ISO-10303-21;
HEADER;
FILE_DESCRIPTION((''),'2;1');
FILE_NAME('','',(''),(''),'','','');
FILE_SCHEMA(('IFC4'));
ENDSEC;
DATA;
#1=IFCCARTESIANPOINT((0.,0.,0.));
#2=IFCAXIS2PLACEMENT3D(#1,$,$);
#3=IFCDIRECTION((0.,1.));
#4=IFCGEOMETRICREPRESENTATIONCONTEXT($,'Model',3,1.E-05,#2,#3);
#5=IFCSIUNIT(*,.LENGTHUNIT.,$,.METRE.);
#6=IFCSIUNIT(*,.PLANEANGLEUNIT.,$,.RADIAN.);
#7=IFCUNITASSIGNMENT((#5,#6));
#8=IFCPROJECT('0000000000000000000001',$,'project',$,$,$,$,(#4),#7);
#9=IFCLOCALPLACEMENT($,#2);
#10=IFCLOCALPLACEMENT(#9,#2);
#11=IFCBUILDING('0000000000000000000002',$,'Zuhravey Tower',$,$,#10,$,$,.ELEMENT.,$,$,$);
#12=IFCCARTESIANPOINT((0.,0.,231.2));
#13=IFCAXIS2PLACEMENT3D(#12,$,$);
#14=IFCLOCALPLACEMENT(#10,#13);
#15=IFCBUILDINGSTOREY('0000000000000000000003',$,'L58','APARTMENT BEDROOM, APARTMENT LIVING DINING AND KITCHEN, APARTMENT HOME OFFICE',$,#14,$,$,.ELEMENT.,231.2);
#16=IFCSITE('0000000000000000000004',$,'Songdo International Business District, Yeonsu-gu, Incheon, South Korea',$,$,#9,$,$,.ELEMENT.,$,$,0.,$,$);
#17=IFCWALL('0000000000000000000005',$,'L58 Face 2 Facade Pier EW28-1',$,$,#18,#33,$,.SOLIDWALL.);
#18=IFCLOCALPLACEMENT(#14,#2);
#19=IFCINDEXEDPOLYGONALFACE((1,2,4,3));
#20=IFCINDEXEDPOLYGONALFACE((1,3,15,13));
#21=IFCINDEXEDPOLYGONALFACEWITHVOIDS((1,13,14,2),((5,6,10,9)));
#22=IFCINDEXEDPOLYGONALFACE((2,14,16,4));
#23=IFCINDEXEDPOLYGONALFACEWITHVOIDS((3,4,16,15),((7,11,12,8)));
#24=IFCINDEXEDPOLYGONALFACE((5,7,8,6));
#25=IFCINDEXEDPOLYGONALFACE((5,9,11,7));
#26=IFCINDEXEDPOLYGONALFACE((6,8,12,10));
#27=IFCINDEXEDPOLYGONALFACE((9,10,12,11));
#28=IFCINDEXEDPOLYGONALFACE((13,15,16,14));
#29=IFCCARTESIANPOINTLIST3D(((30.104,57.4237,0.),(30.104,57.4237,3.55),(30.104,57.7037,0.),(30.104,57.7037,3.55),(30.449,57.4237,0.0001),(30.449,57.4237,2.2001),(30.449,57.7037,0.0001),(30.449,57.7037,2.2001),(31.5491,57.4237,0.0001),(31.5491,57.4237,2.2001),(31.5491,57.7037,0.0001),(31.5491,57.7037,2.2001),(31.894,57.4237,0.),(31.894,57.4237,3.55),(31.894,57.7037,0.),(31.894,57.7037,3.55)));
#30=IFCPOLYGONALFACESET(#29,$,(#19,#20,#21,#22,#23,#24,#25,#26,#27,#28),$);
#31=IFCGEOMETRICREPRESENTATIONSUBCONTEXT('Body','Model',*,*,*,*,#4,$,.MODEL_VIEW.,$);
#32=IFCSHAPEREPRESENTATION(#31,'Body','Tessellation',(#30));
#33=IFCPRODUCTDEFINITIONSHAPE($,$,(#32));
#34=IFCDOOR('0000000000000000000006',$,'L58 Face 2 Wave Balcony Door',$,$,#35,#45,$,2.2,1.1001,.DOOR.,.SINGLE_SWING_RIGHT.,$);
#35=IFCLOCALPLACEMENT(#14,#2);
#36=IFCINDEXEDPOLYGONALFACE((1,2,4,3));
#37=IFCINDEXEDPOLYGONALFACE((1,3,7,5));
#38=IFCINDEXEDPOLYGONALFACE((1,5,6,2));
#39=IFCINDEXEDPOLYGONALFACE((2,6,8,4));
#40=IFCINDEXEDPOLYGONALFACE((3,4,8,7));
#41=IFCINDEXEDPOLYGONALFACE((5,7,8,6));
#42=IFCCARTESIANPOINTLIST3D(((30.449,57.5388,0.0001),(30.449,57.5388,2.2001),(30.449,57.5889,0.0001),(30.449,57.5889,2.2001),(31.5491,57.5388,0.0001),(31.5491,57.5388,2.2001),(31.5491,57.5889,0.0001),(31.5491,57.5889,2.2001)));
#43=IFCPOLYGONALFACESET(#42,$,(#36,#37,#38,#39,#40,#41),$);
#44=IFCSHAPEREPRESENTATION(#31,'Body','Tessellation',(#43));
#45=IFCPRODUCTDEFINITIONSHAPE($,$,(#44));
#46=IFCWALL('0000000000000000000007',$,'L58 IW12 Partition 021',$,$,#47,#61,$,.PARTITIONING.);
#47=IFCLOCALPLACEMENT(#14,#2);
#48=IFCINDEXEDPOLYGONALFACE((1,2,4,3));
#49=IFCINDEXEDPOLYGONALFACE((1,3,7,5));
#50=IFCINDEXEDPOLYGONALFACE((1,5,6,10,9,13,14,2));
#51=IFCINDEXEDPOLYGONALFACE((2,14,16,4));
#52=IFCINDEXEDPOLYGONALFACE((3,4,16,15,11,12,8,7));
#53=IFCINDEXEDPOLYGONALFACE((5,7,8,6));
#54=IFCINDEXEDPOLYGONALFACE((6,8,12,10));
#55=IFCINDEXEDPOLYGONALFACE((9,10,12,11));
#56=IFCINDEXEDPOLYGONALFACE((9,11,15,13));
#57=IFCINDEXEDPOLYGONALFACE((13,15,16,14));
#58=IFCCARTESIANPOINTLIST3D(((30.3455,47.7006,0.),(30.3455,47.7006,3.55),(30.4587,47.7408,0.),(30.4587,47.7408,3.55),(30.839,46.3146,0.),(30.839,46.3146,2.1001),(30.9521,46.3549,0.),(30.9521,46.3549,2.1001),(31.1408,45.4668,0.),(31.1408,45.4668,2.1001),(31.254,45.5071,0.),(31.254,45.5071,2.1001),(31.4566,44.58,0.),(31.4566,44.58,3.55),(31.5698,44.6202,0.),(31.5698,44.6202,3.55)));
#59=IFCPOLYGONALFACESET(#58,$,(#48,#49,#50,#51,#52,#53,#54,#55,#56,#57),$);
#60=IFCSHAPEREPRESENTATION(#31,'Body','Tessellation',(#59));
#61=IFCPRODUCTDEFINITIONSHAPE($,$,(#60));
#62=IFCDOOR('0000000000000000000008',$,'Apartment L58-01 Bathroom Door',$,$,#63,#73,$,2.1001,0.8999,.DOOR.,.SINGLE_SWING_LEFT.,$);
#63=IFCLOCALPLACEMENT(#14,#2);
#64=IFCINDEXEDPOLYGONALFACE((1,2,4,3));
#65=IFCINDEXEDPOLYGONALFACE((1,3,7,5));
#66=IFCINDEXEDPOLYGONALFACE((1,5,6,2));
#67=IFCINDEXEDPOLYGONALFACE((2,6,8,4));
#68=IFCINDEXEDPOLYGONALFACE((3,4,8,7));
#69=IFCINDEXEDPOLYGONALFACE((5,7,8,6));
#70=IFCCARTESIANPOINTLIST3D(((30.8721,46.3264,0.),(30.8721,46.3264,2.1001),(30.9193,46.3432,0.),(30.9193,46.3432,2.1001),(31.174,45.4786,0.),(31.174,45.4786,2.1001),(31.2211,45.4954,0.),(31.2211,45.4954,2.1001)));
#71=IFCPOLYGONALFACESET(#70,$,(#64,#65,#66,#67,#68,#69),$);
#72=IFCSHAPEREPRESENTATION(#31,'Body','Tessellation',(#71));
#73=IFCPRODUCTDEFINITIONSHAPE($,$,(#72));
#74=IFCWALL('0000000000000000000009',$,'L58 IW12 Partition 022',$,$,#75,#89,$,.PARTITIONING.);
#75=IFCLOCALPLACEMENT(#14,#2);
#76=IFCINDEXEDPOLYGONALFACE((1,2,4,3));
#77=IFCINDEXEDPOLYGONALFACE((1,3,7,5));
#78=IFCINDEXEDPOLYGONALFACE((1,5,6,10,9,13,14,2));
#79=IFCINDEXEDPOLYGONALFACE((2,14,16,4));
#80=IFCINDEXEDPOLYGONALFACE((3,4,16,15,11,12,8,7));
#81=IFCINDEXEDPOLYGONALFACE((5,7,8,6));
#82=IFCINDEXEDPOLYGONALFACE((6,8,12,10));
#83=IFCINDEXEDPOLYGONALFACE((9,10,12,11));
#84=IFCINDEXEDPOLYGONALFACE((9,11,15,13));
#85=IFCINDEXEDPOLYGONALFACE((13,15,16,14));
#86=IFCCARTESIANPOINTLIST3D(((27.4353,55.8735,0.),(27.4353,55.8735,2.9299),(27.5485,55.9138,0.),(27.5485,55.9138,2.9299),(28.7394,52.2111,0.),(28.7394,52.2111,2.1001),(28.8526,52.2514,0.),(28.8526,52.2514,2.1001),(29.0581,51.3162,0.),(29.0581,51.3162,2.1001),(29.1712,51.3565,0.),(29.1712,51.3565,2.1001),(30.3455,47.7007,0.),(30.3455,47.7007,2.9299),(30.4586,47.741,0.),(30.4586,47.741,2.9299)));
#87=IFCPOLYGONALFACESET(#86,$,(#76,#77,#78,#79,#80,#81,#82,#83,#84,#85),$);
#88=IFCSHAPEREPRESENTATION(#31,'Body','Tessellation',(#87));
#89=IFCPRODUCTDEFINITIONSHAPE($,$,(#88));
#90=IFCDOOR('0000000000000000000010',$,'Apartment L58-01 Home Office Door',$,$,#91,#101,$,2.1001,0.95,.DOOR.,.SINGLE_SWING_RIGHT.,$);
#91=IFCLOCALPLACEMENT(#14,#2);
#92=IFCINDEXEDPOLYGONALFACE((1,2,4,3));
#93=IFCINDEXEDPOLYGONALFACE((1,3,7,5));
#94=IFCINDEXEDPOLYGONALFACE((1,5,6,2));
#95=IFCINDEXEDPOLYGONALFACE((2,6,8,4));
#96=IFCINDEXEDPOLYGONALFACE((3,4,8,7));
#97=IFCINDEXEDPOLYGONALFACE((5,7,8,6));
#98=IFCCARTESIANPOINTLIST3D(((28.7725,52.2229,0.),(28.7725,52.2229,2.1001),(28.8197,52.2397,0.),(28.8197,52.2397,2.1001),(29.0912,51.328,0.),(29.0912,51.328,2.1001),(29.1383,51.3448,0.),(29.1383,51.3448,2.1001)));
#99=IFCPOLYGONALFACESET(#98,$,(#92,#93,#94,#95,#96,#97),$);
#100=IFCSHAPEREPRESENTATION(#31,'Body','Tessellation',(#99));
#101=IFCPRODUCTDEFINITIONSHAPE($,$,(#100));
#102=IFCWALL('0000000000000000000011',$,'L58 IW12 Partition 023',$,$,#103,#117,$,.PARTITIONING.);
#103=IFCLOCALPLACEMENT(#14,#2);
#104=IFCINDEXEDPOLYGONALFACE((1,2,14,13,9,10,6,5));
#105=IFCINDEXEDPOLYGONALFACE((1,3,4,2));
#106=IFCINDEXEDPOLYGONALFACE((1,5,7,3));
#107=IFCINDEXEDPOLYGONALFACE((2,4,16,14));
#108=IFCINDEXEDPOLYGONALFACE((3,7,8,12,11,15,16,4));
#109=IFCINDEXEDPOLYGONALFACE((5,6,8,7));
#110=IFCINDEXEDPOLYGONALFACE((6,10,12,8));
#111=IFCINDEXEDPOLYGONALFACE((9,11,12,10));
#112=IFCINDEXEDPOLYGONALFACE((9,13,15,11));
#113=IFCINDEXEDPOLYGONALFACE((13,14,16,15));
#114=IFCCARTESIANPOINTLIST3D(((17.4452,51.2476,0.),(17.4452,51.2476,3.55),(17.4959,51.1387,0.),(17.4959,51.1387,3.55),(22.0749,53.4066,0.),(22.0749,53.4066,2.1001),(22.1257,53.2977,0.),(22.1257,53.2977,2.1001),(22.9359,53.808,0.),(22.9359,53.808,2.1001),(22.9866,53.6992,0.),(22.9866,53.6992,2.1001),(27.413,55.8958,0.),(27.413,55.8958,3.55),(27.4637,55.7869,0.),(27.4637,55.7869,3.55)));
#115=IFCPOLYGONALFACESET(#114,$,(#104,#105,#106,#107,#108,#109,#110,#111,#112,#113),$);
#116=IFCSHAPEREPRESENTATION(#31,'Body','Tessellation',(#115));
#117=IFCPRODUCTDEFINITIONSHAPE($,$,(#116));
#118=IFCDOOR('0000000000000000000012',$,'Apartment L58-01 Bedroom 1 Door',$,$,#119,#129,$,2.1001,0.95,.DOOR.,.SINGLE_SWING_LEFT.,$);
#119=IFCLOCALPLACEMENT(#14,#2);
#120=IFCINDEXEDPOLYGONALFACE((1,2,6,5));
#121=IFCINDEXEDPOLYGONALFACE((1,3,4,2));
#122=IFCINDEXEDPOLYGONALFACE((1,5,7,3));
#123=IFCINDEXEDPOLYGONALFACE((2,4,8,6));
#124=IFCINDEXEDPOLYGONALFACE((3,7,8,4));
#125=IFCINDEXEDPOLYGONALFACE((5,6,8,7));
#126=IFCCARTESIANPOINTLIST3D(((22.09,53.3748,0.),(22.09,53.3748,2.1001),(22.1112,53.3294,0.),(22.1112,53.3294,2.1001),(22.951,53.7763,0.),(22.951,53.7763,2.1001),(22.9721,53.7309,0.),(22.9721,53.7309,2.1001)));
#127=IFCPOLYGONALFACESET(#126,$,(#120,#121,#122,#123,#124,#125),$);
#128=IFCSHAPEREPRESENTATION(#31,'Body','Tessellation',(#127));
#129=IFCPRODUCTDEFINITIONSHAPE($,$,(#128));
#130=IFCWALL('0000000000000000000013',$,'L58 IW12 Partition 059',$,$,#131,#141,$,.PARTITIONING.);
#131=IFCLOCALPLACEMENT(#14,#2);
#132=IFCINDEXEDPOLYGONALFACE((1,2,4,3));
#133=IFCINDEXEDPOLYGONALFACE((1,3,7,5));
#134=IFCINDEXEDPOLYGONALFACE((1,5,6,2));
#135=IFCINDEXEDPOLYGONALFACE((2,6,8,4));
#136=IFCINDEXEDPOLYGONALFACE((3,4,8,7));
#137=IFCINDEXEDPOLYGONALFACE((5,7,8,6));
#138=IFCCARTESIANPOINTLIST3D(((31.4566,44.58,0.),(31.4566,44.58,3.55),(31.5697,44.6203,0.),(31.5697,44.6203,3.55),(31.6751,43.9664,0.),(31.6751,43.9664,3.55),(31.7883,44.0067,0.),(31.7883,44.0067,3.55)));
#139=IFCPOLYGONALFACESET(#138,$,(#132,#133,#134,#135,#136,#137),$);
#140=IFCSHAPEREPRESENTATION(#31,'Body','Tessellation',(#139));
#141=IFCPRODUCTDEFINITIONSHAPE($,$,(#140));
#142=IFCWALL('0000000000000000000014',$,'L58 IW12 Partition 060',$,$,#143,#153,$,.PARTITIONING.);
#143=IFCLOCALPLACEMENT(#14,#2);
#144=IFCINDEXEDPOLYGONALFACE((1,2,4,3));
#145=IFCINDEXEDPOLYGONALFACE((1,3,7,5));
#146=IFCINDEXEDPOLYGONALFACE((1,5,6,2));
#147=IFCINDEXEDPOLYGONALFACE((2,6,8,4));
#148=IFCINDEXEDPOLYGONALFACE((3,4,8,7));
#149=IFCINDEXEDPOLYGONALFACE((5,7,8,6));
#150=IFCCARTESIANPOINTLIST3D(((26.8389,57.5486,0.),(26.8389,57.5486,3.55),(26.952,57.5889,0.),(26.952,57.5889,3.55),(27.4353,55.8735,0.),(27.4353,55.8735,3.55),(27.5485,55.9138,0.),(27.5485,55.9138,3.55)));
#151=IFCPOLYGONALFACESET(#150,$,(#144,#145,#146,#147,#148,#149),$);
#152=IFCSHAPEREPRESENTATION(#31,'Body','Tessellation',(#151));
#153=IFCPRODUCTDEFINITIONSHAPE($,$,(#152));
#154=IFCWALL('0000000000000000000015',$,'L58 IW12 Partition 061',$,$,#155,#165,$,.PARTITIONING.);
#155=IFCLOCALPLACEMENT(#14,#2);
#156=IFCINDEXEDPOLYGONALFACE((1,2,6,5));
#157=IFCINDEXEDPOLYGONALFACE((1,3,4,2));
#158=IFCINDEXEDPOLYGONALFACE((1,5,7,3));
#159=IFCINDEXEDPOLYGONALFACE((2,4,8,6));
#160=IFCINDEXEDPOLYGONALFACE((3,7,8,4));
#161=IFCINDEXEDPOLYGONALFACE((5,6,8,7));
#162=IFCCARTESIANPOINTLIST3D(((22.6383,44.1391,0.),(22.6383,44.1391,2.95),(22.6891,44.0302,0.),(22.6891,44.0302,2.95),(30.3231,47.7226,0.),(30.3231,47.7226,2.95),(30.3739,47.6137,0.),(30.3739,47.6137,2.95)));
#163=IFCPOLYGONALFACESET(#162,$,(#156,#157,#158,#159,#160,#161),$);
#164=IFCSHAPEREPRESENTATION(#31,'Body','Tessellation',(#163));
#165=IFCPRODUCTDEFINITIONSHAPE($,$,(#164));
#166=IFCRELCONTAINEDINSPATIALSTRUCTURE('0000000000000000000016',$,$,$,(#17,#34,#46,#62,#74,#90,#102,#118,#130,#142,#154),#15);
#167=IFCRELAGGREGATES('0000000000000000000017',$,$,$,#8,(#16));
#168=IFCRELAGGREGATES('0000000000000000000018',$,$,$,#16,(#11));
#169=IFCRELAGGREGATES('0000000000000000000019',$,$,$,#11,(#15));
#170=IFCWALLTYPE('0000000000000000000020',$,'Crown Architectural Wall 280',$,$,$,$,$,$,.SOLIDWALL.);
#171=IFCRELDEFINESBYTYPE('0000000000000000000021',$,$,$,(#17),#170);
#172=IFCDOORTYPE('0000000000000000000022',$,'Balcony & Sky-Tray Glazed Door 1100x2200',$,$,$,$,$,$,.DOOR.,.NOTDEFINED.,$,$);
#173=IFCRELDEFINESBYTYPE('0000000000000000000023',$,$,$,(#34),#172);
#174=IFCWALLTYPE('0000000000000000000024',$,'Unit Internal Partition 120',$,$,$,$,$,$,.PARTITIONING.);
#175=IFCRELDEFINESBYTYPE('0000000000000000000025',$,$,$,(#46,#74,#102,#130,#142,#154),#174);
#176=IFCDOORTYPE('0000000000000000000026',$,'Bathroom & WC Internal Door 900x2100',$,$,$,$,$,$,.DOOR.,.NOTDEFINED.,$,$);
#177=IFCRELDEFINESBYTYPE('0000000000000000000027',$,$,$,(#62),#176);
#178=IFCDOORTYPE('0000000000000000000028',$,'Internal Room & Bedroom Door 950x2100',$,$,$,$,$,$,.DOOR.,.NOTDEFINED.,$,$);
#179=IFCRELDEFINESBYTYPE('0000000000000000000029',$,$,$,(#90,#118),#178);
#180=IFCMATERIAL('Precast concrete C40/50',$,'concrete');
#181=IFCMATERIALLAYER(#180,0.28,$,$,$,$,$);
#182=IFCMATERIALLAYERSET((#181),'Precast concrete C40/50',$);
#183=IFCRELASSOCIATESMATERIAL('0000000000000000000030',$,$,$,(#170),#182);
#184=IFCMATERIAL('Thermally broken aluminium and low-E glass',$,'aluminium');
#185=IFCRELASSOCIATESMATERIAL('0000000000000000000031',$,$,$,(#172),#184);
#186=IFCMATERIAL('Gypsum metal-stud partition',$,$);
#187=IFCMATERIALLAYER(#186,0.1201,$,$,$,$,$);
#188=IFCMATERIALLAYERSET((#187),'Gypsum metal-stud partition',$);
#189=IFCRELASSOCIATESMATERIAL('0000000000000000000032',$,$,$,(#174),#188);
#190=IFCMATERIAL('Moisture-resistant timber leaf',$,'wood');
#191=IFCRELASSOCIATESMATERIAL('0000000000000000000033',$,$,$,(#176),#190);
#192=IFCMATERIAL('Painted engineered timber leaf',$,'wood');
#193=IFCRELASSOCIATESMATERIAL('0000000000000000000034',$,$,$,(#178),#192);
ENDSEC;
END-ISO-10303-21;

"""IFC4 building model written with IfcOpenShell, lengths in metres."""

from ifc_helpers import new_model, si_unit, direction, frame, frame_2d, origin, place, context, subcontext, project, spatial, rectangle, extrude, material, layer, layer_set, type_object, element, fill, save


model = new_model("IFC4")

# Units and contexts
model_context = context("Model", 3, precision=1e-05, world=origin(), true_north=direction((0.0, 1.0)))
body_context = subcontext(model_context, "Body", "Model", "MODEL_VIEW")
ifc_project = project(units=[si_unit("LENGTHUNIT", "METRE"), si_unit("PLANEANGLEUNIT", "RADIAN")], contexts=[model_context])

# Site, building, storey
site_placement = place(None, origin())
site = spatial("IfcSite", under=ifc_project, at=site_placement, Name="Songdo International Business District, Yeonsu-gu, Incheon, South Korea", CompositionType="ELEMENT", RefElevation=0.0)
building_placement = place(site_placement, origin())
building = spatial("IfcBuilding", under=site, at=building_placement, Name="Zuhravey Tower", CompositionType="ELEMENT")
storey_placement = place(building_placement, frame((0.0, 0.0, 231.2)))
storey = spatial("IfcBuildingStorey", under=building, at=storey_placement, Name="L58", Description="APARTMENT BEDROOM, APARTMENT LIVING DINING AND KITCHEN, APARTMENT HOME OFFICE", CompositionType="ELEMENT", Elevation=231.2)

# Walls, openings, doors
ifc_material_1 = material(Name="Precast concrete C40/50", Category="concrete")
ifc_layer_1 = layer(ifc_material_1, 0.28)
ifc_layer_set_1 = layer_set([ifc_layer_1], Name="Precast concrete C40/50")
wall_type_1 = type_object("IfcWallType", Name="Crown Architectural Wall 280", PredefinedType="SOLIDWALL", material=ifc_layer_set_1)
wall_1_placement = place(storey_placement, frame((30.104, 57.5637, 0.0), z_axis=(0.0, 0.0, 1.0), x_axis=(1.0, 0.0, 0.0)))
wall_1 = element("IfcWall", 1, at=wall_1_placement, inside=storey, type_object=wall_type_1, Name="L58 Face 2 Facade Pier EW28-1", PredefinedType="SOLIDWALL", context=body_context, shape_type="SweptSolid", body=[
    extrude(rectangle(XDim=1.79, YDim=0.28, at=frame_2d((0.895, 0.0))), origin(), (0.0, 0.0, 1.0), 3.55),
])
opening_1_placement = place(wall_1_placement, frame((0.345, 0.0, 0.0)))
opening_1 = element("IfcOpeningElement", 2, at=opening_1_placement, cuts=wall_1, PredefinedType="OPENING", context=body_context, shape_type="SweptSolid", body=[
    extrude(rectangle(XDim=1.1001, YDim=2.2, at=frame_2d((0.55, 1.1001))), frame((0.0, 0.1521, 0.0), z_axis=(0.0, -1.0, 0.0), x_axis=(1.0, 0.0, 0.0)), (0.0, 0.0, 1.0), 0.304),
])
ifc_material_2 = material(Name="Thermally broken aluminium and low-E glass", Category="aluminium")
door_type_1 = type_object("IfcDoorType", Name="Balcony & Sky-Tray Glazed Door 1100x2200", OperationType="NOTDEFINED", PredefinedType="DOOR", material=ifc_material_2)
door_1_placement = place(opening_1_placement, frame((1.1001, 0.0, 0.0), z_axis=(0.0, 0.0, 1.0), x_axis=(-1.0, 0.0, 0.0)))
door_1 = element("IfcDoor", 3, at=door_1_placement, inside=storey, type_object=door_type_1, Name="L58 Face 2 Wave Balcony Door", OperationType="SINGLE_SWING_RIGHT", OverallHeight=2.2, OverallWidth=1.1001, PredefinedType="DOOR", context=body_context, shape_type="SweptSolid", body=[
    extrude(rectangle(XDim=1.1001, YDim=2.2, at=frame_2d((0.55, 1.1001))), frame((0.0, 0.0249, 0.0), z_axis=(0.0, -1.0, 0.0), x_axis=(1.0, 0.0, 0.0)), (0.0, 0.0, 1.0), 0.05),
])
fill(opening_1, door_1)
ifc_material_3 = material(Name="Gypsum metal-stud partition")
ifc_layer_2 = layer(ifc_material_3, 0.1201)
ifc_layer_set_2 = layer_set([ifc_layer_2], Name="Gypsum metal-stud partition")
wall_type_2 = type_object("IfcWallType", Name="Unit Internal Partition 120", PredefinedType="PARTITIONING", material=ifc_layer_set_2)
wall_2_placement = place(storey_placement, frame((31.5132, 44.6001, 0.0), z_axis=(0.0, 0.0, 1.0), x_axis=(-0.335421, 0.942068, 0.0)))
wall_2 = element("IfcWall", 4, at=wall_2_placement, inside=storey, type_object=wall_type_2, Name="L58 IW12 Partition 021", PredefinedType="PARTITIONING", context=body_context, shape_type="SweptSolid", body=[
    extrude(rectangle(XDim=3.3125, YDim=0.1201, at=frame_2d((1.6562, 0.0))), origin(), (0.0, 0.0, 1.0), 3.55),
])
opening_2_placement = place(wall_2_placement, frame((0.9414, 0.0, 0.0)))
opening_2 = element("IfcOpeningElement", 5, at=opening_2_placement, cuts=wall_2, PredefinedType="OPENING", context=body_context, shape_type="SweptSolid", body=[
    extrude(rectangle(XDim=0.8999, YDim=2.1001, at=frame_2d((0.45, 1.05))), frame((0.0, 0.072, 0.0), z_axis=(0.0, -1.0, 0.0), x_axis=(1.0, 0.0, 0.0)), (0.0, 0.0, 1.0), 0.144),
])
ifc_material_4 = material(Name="Moisture-resistant timber leaf", Category="wood")
door_type_2 = type_object("IfcDoorType", Name="Bathroom & WC Internal Door 900x2100", OperationType="NOTDEFINED", PredefinedType="DOOR", material=ifc_material_4)
door_2_placement = place(opening_2_placement, origin())
door_2 = element("IfcDoor", 6, at=door_2_placement, inside=storey, type_object=door_type_2, Name="Apartment L58-01 Bathroom Door", OperationType="SINGLE_SWING_LEFT", OverallHeight=2.1001, OverallWidth=0.8999, PredefinedType="DOOR", context=body_context, shape_type="SweptSolid", body=[
    extrude(rectangle(XDim=0.8999, YDim=2.1001, at=frame_2d((0.45, 1.05))), frame((0.0, 0.0249, 0.0), z_axis=(0.0, -1.0, 0.0), x_axis=(1.0, 0.0, 0.0)), (0.0, 0.0, 1.0), 0.05),
])
fill(opening_2, door_2)
wall_3_placement = place(storey_placement, frame((30.4021, 47.7207, 0.0), z_axis=(0.0, 0.0, 1.0), x_axis=(-0.335445, 0.94206, 0.0)))
wall_3 = element("IfcWall", 7, at=wall_3_placement, inside=storey, type_object=wall_type_2, Name="L58 IW12 Partition 022", PredefinedType="PARTITIONING", context=body_context, shape_type="SweptSolid", body=[
    extrude(rectangle(XDim=8.6755, YDim=0.1201, at=frame_2d((4.3379, 0.0))), origin(), (0.0, 0.0, 1.0), 2.9299),
])
opening_3_placement = place(wall_3_placement, frame((3.8379, 0.0, 0.0)))
opening_3 = element("IfcOpeningElement", 8, at=opening_3_placement, cuts=wall_3, PredefinedType="OPENING", context=body_context, shape_type="SweptSolid", body=[
    extrude(rectangle(XDim=0.95, YDim=2.1001, at=frame_2d((0.4751, 1.05))), frame((0.0, 0.072, 0.0), z_axis=(0.0, -1.0, 0.0), x_axis=(1.0, 0.0, 0.0)), (0.0, 0.0, 1.0), 0.144),
])
ifc_material_5 = material(Name="Painted engineered timber leaf", Category="wood")
door_type_3 = type_object("IfcDoorType", Name="Internal Room & Bedroom Door 950x2100", OperationType="NOTDEFINED", PredefinedType="DOOR", material=ifc_material_5)
door_3_placement = place(opening_3_placement, origin())
door_3 = element("IfcDoor", 9, at=door_3_placement, inside=storey, type_object=door_type_3, Name="Apartment L58-01 Home Office Door", OperationType="SINGLE_SWING_RIGHT", OverallHeight=2.1001, OverallWidth=0.95, PredefinedType="DOOR", context=body_context, shape_type="SweptSolid", body=[
    extrude(rectangle(XDim=0.95, YDim=2.1001, at=frame_2d((0.4751, 1.05))), frame((0.0, 0.0249, 0.0), z_axis=(0.0, -1.0, 0.0), x_axis=(1.0, 0.0, 0.0)), (0.0, 0.0, 1.0), 0.05),
])
fill(opening_3, door_3)
wall_4_placement = place(storey_placement, frame((27.4382, 55.8413, 0.0), z_axis=(0.0, 0.0, 1.0), x_axis=(-0.906303, -0.422629, 0.0)))
wall_4 = element("IfcWall", 10, at=wall_4_placement, inside=storey, type_object=wall_type_2, Name="L58 IW12 Partition 023", PredefinedType="PARTITIONING", context=body_context, shape_type="SweptSolid", body=[
    extrude(rectangle(XDim=10.9983, YDim=0.1201, at=frame_2d((5.499, 0.0))), origin(), (0.0, 0.0, 1.0), 3.55),
])
opening_4_placement = place(wall_4_placement, frame((4.9397, 0.0, 0.0)))
opening_4 = element("IfcOpeningElement", 11, at=opening_4_placement, cuts=wall_4, PredefinedType="OPENING", context=body_context, shape_type="SweptSolid", body=[
    extrude(rectangle(XDim=0.95, YDim=2.1001, at=frame_2d((0.4751, 1.05))), frame((0.0, 0.072, 0.0), z_axis=(0.0, -1.0, 0.0), x_axis=(1.0, 0.0, 0.0)), (0.0, 0.0, 1.0), 0.144),
])
door_4_placement = place(opening_4_placement, frame((0.95, 0.0, 0.0), z_axis=(0.0, 0.0, 1.0), x_axis=(-1.0, 0.0, 0.0)))
door_4 = element("IfcDoor", 12, at=door_4_placement, inside=storey, type_object=door_type_3, Name="Apartment L58-01 Bedroom 1 Door", OperationType="SINGLE_SWING_LEFT", OverallHeight=2.1001, OverallWidth=0.95, PredefinedType="DOOR", context=body_context, shape_type="SweptSolid", body=[
    extrude(rectangle(XDim=0.95, YDim=2.1001, at=frame_2d((0.4751, 1.05))), frame((0.0, 0.0249, 0.0), z_axis=(0.0, -1.0, 0.0), x_axis=(1.0, 0.0, 0.0)), (0.0, 0.0, 1.0), 0.05),
])
fill(opening_4, door_4)

# Walls
wall_5_placement = place(storey_placement, frame((31.7317, 43.9866, 0.0), z_axis=(0.0, 0.0, 1.0), x_axis=(-0.335505, 0.942038, 0.0)))
element("IfcWall", 13, at=wall_5_placement, inside=storey, type_object=wall_type_2, Name="L58 IW12 Partition 059", PredefinedType="PARTITIONING", context=body_context, shape_type="SweptSolid", body=[
    extrude(rectangle(XDim=0.6514, YDim=0.1201, at=frame_2d((0.3257, 0.0))), origin(), (0.0, 0.0, 1.0), 3.55),
])
wall_6_placement = place(storey_placement, frame((27.4919, 55.8936, 0.0), z_axis=(0.0, 0.0, 1.0), x_axis=(-0.33544, 0.942061, 0.0)))
element("IfcWall", 14, at=wall_6_placement, inside=storey, type_object=wall_type_2, Name="L58 IW12 Partition 060", PredefinedType="PARTITIONING", context=body_context, shape_type="SweptSolid", body=[
    extrude(rectangle(XDim=1.7781, YDim=0.1201, at=frame_2d((0.8892, 0.0))), origin(), (0.0, 0.0, 1.0), 3.55),
])
wall_7_placement = place(storey_placement, frame((30.3486, 47.6682, 0.0), z_axis=(0.0, 0.0, 1.0), x_axis=(-0.906307, -0.422619, 0.0)))
element("IfcWall", 15, at=wall_7_placement, inside=storey, type_object=wall_type_2, Name="L58 IW12 Partition 061", PredefinedType="PARTITIONING", context=body_context, shape_type="SweptSolid", body=[
    extrude(rectangle(XDim=8.4792, YDim=0.1201, at=frame_2d((4.2397, 0.0))), origin(), (0.0, 0.0, 1.0), 2.95),
])

save(model, "model.ifc")
